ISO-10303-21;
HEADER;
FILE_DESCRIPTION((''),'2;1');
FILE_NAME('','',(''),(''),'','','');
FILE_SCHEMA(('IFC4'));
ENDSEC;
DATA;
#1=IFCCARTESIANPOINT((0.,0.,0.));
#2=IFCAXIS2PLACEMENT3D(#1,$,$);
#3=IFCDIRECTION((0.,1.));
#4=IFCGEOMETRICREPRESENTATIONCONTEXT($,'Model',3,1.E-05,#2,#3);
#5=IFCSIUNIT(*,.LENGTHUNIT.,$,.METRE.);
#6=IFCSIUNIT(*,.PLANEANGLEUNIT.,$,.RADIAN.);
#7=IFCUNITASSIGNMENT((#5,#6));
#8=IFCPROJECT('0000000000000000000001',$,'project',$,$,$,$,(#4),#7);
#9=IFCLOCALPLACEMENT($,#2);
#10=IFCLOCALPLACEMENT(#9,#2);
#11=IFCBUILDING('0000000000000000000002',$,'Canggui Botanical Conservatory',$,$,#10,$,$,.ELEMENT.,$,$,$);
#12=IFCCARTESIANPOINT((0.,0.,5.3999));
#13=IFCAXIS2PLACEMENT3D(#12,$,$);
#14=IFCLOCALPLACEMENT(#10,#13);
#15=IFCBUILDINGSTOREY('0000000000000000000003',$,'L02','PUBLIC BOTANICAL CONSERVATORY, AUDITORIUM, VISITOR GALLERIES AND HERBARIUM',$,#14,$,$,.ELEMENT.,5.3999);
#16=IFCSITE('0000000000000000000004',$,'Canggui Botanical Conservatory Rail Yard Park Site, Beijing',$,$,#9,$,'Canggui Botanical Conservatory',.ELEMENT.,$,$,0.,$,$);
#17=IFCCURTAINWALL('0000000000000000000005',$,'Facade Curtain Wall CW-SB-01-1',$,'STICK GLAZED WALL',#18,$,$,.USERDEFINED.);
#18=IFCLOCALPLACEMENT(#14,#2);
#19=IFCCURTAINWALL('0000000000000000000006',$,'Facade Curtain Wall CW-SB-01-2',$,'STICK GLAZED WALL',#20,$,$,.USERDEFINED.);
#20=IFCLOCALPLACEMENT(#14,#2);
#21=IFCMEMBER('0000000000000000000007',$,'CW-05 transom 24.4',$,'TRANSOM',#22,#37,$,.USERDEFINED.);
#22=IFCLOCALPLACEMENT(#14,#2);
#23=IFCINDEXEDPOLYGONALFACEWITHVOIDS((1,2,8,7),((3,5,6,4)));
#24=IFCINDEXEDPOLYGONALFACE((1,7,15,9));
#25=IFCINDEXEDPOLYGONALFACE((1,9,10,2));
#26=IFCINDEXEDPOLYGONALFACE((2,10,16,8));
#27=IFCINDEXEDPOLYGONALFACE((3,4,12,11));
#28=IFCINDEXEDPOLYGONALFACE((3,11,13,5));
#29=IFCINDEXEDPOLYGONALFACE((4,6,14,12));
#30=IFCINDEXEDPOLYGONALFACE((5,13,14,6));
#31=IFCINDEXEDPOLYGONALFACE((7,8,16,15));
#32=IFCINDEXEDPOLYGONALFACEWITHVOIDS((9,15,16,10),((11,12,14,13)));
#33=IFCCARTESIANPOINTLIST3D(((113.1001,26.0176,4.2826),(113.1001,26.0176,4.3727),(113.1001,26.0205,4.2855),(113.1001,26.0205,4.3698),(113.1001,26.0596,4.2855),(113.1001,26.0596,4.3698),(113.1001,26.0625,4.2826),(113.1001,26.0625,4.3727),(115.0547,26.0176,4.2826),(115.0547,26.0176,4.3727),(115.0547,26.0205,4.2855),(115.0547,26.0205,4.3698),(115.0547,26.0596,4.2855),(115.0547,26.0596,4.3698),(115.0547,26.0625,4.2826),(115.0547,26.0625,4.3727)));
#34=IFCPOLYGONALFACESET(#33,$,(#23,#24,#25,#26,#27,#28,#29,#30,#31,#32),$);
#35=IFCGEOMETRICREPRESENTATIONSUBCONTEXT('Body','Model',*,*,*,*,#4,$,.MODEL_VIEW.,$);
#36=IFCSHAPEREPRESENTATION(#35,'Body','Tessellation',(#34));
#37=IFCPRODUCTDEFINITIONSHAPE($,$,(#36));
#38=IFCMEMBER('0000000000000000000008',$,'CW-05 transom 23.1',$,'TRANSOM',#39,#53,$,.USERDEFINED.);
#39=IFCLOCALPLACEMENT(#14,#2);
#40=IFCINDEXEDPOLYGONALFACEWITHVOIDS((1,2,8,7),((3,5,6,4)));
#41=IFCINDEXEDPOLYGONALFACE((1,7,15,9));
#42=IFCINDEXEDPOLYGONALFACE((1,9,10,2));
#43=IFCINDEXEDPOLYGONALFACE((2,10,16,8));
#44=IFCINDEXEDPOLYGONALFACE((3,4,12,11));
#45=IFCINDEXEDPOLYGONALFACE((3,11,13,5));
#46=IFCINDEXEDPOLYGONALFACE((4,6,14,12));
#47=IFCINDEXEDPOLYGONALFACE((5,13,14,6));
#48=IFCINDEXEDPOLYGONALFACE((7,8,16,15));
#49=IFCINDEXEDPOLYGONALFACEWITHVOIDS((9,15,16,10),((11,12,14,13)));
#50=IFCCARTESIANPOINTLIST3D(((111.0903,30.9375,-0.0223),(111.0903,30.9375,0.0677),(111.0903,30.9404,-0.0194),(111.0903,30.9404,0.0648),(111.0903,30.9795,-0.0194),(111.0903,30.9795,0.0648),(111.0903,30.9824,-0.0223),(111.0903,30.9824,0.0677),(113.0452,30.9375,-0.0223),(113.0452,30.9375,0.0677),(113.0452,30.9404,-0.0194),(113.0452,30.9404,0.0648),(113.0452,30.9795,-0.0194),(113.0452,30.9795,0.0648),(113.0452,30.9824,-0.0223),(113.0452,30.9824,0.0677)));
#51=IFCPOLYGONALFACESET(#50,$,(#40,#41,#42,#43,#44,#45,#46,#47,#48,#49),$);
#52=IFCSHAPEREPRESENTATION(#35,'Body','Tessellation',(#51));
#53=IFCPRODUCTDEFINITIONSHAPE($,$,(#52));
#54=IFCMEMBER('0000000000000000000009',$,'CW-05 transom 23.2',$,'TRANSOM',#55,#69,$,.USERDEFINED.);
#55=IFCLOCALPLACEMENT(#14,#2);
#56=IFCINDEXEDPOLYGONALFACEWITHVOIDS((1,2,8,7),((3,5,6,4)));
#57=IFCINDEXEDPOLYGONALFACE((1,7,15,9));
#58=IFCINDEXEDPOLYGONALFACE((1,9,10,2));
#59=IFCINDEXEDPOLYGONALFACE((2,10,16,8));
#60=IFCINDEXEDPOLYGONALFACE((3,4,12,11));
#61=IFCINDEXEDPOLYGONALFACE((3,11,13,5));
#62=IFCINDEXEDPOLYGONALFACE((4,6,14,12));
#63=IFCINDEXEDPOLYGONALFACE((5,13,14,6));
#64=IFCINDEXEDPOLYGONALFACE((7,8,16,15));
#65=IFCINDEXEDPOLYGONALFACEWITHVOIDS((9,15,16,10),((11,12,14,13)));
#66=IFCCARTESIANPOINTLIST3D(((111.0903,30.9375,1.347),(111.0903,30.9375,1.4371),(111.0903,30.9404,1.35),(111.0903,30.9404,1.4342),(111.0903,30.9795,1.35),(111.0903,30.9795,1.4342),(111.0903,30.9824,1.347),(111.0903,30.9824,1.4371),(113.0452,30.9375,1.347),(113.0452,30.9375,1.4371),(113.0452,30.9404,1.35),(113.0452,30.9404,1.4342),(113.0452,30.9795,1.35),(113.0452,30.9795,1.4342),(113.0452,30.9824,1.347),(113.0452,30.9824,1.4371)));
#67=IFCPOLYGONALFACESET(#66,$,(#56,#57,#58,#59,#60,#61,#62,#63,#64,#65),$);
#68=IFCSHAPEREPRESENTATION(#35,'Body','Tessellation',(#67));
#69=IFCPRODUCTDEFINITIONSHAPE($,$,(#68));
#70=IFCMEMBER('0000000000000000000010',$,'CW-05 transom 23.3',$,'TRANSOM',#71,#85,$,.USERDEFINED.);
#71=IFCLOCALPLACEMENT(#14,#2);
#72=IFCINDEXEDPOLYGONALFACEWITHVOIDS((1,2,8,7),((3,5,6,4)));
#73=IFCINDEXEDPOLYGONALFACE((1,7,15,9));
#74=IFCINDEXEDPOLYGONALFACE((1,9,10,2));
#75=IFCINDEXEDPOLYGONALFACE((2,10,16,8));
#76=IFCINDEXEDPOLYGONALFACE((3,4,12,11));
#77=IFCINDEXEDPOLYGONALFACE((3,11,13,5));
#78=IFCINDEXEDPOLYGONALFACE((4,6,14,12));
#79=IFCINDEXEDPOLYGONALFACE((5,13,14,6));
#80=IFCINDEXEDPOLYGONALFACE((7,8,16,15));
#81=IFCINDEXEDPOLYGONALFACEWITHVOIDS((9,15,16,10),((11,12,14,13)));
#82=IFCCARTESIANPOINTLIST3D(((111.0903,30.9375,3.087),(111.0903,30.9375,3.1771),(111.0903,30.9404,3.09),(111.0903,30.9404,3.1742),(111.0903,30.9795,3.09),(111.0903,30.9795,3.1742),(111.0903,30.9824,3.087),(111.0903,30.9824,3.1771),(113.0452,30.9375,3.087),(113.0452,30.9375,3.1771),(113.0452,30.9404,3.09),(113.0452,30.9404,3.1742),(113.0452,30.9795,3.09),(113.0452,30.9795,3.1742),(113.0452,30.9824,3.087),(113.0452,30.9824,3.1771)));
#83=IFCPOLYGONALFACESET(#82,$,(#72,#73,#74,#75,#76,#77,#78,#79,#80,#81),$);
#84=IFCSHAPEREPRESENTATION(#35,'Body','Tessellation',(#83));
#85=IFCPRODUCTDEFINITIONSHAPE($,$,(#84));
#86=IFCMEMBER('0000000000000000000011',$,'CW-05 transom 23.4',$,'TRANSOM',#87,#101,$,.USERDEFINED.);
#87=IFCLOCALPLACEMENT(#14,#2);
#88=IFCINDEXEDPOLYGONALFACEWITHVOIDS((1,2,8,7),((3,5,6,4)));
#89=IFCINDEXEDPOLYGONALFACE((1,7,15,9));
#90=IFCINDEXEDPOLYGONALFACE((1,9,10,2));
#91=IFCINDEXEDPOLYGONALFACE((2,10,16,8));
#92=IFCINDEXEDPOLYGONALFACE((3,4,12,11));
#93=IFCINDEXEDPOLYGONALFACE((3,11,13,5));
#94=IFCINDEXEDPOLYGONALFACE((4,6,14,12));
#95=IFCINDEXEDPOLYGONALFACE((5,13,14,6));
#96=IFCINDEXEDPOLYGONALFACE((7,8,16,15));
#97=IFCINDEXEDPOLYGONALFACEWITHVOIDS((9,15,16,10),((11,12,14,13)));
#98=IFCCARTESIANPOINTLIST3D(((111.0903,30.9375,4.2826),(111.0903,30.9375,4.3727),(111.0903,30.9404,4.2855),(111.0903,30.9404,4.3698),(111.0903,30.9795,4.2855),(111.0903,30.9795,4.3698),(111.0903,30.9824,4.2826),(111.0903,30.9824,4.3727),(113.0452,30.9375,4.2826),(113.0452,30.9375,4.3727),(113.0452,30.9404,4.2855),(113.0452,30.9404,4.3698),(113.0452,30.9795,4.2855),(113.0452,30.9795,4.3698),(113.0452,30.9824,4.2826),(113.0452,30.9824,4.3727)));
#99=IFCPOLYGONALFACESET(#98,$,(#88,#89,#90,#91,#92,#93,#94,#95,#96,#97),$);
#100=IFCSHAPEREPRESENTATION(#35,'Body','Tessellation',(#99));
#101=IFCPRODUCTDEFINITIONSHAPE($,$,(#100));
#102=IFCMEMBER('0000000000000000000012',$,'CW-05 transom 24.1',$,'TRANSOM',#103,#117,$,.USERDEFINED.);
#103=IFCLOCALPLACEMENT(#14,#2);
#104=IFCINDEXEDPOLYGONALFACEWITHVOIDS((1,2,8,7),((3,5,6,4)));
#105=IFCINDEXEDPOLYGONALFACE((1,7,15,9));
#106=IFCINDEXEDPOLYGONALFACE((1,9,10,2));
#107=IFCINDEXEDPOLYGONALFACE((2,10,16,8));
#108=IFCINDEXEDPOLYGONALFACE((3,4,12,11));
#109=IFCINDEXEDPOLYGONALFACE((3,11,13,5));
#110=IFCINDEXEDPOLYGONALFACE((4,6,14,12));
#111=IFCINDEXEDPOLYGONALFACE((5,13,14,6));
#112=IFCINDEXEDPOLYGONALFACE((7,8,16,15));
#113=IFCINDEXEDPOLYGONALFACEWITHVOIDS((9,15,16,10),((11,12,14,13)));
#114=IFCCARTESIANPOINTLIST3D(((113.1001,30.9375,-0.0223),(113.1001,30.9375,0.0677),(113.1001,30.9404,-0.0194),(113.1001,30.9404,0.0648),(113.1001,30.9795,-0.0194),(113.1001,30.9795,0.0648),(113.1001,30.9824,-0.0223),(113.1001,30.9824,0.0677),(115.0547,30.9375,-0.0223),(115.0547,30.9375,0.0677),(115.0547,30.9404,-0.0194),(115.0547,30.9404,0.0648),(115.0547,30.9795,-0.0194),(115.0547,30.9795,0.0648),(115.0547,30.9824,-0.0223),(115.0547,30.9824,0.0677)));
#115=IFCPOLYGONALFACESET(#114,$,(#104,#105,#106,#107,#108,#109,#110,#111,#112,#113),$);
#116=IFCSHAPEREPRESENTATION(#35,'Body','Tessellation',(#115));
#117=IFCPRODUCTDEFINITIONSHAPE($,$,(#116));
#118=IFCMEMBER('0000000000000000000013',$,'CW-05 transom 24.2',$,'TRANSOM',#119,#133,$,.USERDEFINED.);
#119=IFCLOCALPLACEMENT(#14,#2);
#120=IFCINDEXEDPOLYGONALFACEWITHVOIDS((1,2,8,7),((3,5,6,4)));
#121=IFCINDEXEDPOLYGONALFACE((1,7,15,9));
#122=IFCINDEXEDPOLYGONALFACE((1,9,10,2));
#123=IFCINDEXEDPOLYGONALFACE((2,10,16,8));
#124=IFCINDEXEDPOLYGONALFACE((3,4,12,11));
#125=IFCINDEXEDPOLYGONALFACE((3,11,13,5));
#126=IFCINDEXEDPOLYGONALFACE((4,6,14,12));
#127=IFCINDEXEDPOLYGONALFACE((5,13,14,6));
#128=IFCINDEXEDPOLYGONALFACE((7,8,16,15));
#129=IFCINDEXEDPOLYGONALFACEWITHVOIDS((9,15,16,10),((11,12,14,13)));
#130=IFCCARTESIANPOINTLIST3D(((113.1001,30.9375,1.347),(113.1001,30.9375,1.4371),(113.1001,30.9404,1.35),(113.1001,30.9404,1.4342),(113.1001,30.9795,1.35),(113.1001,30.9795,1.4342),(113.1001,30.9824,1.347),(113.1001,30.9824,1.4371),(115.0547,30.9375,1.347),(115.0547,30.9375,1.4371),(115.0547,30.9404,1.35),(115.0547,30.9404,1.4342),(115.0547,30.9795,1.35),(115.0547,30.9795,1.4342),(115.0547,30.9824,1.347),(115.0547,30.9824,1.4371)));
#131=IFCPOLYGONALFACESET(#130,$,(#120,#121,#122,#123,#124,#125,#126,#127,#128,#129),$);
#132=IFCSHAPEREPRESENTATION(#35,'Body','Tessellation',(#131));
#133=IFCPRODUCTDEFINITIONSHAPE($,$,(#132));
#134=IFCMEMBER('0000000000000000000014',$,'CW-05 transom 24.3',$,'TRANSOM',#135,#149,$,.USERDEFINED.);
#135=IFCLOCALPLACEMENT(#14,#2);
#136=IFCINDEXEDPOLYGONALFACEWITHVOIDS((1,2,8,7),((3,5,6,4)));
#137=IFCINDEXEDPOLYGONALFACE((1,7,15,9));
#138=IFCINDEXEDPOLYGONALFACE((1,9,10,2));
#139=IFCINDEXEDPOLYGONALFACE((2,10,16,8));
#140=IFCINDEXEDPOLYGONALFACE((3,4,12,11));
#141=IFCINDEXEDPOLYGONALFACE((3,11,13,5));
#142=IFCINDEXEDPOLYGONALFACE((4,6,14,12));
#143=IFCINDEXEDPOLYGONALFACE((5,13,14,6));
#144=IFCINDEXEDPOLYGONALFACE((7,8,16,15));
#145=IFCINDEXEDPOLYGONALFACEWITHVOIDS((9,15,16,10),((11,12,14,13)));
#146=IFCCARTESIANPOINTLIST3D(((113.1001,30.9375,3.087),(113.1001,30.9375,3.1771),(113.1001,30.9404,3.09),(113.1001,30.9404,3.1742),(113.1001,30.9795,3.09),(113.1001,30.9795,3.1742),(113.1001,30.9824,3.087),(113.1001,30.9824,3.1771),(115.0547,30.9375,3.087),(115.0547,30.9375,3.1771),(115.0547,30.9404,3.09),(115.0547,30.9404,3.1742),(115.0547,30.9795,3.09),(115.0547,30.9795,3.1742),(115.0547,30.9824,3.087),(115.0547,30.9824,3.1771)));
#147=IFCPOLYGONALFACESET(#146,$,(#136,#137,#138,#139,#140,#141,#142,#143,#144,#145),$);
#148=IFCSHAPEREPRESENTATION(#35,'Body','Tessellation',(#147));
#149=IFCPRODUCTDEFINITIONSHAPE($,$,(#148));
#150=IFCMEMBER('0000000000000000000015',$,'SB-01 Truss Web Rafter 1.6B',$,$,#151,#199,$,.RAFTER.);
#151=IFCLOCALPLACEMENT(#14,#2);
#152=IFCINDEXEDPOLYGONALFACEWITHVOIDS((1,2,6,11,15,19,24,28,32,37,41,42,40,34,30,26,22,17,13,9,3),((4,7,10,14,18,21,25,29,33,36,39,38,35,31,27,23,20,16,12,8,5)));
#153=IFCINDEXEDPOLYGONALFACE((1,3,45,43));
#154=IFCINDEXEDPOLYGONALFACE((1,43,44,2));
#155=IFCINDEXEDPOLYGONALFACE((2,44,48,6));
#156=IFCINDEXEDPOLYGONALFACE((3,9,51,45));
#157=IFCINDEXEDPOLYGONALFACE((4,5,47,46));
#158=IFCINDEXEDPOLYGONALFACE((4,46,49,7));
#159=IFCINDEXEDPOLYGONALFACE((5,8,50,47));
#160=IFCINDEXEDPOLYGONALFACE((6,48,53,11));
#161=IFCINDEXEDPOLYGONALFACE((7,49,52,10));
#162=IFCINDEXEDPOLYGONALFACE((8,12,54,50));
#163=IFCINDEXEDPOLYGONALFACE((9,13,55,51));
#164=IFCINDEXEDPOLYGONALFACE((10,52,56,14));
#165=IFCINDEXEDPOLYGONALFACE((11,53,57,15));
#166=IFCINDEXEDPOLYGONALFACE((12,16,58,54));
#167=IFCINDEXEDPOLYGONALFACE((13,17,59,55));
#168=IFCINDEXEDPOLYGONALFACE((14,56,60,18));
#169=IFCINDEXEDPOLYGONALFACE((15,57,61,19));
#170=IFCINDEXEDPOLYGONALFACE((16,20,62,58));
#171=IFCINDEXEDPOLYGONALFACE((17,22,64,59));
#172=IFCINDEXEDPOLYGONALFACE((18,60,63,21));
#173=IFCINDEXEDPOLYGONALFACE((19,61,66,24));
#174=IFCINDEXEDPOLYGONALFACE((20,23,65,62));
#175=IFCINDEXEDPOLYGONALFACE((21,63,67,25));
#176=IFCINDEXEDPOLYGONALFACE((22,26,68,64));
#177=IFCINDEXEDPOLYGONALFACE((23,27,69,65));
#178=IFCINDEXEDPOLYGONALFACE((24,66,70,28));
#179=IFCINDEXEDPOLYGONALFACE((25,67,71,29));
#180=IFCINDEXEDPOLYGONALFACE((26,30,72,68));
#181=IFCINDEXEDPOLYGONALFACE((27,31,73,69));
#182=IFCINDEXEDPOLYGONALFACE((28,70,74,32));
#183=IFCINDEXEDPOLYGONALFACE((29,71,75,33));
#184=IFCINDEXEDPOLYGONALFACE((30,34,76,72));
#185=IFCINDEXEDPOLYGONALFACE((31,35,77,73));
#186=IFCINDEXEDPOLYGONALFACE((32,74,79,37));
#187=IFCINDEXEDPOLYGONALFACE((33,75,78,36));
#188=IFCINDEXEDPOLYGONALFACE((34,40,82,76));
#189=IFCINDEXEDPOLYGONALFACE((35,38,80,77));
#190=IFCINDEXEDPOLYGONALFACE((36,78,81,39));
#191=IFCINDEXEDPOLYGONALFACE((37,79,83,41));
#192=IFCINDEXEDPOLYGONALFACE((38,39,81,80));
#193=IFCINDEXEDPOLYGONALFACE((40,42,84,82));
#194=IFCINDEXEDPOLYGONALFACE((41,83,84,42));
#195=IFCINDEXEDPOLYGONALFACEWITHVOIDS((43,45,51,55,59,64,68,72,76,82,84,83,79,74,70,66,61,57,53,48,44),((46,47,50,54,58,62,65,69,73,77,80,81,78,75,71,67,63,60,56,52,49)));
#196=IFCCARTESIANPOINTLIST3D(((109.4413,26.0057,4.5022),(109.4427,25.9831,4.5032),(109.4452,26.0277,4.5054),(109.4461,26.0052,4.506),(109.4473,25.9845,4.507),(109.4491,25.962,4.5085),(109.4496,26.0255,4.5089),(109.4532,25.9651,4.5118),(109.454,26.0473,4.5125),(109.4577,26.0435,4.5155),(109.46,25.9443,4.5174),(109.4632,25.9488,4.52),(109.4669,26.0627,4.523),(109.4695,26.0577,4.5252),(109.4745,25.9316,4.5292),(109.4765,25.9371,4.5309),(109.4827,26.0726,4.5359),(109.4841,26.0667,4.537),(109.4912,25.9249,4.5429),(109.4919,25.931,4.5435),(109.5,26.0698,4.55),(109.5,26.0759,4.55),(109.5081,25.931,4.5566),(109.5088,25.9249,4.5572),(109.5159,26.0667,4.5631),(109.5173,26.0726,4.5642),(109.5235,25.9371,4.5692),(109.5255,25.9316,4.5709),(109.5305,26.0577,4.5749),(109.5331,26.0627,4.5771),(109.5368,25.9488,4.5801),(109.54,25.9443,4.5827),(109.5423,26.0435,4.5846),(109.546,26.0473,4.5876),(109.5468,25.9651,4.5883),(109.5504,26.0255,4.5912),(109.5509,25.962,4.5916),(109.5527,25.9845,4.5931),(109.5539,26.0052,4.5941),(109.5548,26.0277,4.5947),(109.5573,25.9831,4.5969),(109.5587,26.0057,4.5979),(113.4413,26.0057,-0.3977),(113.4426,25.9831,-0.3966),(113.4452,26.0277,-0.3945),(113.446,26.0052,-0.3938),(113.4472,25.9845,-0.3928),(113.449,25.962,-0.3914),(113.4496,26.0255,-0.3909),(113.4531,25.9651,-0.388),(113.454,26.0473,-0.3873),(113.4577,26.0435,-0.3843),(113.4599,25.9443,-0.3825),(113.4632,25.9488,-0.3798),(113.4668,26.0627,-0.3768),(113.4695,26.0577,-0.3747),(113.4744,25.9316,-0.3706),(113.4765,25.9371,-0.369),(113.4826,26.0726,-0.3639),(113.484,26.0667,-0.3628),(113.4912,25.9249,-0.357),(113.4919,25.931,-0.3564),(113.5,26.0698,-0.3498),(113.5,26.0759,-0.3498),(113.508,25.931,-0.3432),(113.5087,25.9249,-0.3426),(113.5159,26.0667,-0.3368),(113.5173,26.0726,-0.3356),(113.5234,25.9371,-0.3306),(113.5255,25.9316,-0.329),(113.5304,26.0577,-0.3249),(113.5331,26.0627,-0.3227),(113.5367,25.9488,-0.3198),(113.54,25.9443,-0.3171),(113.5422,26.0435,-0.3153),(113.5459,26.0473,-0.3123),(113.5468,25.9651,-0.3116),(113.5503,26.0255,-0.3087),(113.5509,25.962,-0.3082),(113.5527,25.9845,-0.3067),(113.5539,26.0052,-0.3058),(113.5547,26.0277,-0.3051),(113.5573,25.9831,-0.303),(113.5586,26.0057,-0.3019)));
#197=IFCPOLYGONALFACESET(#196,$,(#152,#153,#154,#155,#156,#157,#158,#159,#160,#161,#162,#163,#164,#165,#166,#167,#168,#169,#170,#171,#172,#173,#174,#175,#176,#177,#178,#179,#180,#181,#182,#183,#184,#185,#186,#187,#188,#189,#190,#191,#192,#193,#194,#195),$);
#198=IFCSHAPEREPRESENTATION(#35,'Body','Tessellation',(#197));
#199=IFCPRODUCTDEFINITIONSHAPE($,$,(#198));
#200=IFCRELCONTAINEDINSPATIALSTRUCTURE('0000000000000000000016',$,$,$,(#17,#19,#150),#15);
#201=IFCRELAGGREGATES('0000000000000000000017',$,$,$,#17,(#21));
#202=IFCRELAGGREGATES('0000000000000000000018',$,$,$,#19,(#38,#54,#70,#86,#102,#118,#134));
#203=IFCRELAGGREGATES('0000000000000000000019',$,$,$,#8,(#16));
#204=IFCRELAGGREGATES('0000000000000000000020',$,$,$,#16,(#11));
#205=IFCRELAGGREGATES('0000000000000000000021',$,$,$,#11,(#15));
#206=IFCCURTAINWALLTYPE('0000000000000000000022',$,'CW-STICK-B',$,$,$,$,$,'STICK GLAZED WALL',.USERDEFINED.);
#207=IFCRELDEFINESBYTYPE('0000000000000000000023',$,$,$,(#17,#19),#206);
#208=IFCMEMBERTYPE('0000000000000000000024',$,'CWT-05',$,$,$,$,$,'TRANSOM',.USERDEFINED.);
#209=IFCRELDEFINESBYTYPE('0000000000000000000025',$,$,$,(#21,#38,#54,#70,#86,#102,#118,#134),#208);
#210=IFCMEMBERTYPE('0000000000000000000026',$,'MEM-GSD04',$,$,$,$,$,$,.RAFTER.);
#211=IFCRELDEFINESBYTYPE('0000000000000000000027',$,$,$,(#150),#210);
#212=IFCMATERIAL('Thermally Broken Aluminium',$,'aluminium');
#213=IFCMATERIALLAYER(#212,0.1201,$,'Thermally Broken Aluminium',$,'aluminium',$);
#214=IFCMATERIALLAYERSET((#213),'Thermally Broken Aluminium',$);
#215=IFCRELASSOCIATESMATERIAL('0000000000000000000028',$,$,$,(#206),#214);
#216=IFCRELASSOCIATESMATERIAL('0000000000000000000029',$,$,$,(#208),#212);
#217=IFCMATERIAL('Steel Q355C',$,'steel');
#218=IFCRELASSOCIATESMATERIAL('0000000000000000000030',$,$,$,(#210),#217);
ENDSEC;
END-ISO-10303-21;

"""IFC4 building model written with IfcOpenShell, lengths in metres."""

from ifc_helpers import new_model, si_unit, direction, frame, origin, origin_2d, place, context, subcontext, project, spatial, hollow_rectangle, hollow_circle, extrude, material, layer, layer_set, material_profile, profile_set, type_object, element, aggregate, save


model = new_model("IFC4")

# Units and contexts
model_context = context("Model", 3, precision=1e-05, world=origin(), true_north=direction((0.0, 1.0)))
body_context = subcontext(model_context, "Body", "Model", "MODEL_VIEW")
ifc_project = project(units=[si_unit("LENGTHUNIT", "METRE"), si_unit("PLANEANGLEUNIT", "RADIAN")], contexts=[model_context])

# Site, building, storey
site_placement = place(None, origin())
site = spatial("IfcSite", under=ifc_project, at=site_placement, Name="Canggui Botanical Conservatory Rail Yard Park Site, Beijing", LongName="Canggui Botanical Conservatory", CompositionType="ELEMENT", RefElevation=0.0)
building_placement = place(site_placement, origin())
building = spatial("IfcBuilding", under=site, at=building_placement, Name="Canggui Botanical Conservatory", CompositionType="ELEMENT")
storey_placement = place(building_placement, frame((0.0, 0.0, 5.3999)))
storey = spatial("IfcBuildingStorey", under=building, at=storey_placement, Name="L02", Description="PUBLIC BOTANICAL CONSERVATORY, AUDITORIUM, VISITOR GALLERIES AND HERBARIUM", CompositionType="ELEMENT", Elevation=5.3999)

# Curtain walls
ifc_material_1 = material(Name="Thermally Broken Aluminium", Category="aluminium")
ifc_layer_1 = layer(ifc_material_1, 0.1201, Name="Thermally Broken Aluminium", Category="aluminium")
ifc_layer_set_1 = layer_set([ifc_layer_1], Name="Thermally Broken Aluminium")
curtain_wall_type = type_object("IfcCurtainWallType", Name="CW-STICK-B", ElementType="STICK GLAZED WALL", PredefinedType="USERDEFINED", material=ifc_layer_set_1)
curtain_wall_1_placement = place(storey_placement, origin())
curtain_wall_1 = element("IfcCurtainWall", 1, at=curtain_wall_1_placement, inside=storey, type_object=curtain_wall_type, Name="Facade Curtain Wall CW-SB-01-1", ObjectType="STICK GLAZED WALL", PredefinedType="USERDEFINED")
curtain_wall_2_placement = place(storey_placement, origin())
curtain_wall_2 = element("IfcCurtainWall", 2, at=curtain_wall_2_placement, inside=storey, type_object=curtain_wall_type, Name="Facade Curtain Wall CW-SB-01-2", ObjectType="STICK GLAZED WALL", PredefinedType="USERDEFINED")

# Members
ifc_material_profile_1 = material_profile(ifc_material_1, hollow_rectangle(XDim=0.0449, YDim=0.0901, WallThickness=0.0029, at=origin_2d()), Name="CWT 45x90x3")
ifc_profile_set_1 = profile_set([ifc_material_profile_1], Name="Thermally Broken Aluminium")
member_type_1 = type_object("IfcMemberType", Name="CWT-05", ElementType="TRANSOM", PredefinedType="USERDEFINED", material=ifc_profile_set_1)
member_1_placement = place(storey_placement, frame((113.1001, 26.04, 4.3276), z_axis=(1.0, 0.0, 0.0), x_axis=(0.0, 1.0, 0.0)))
member_1 = element("IfcMember", 3, at=member_1_placement, type_object=member_type_1, Name="CW-05 transom 24.4", ObjectType="TRANSOM", PredefinedType="USERDEFINED", context=body_context, shape_type="SweptSolid", body=[
    extrude(hollow_rectangle(XDim=0.0449, YDim=0.0901, WallThickness=0.0029, at=origin_2d()), origin(), (0.0, 0.0, 1.0), 1.9546),
])
member_2_placement = place(storey_placement, frame((111.0903, 30.96, 0.0227), z_axis=(1.0, 0.0, 0.0), x_axis=(0.0, 1.0, 0.0)))
member_2 = element("IfcMember", 4, at=member_2_placement, type_object=member_type_1, Name="CW-05 transom 23.1", ObjectType="TRANSOM", PredefinedType="USERDEFINED", context=body_context, shape_type="SweptSolid", body=[
    extrude(hollow_rectangle(XDim=0.0449, YDim=0.0901, WallThickness=0.0029, at=origin_2d()), origin(), (0.0, 0.0, 1.0), 1.9548),
])
member_3_placement = place(storey_placement, frame((111.0903, 30.96, 1.3921), z_axis=(1.0, 0.0, 0.0), x_axis=(0.0, 1.0, 0.0)))
member_3 = element("IfcMember", 5, at=member_3_placement, type_object=member_type_1, Name="CW-05 transom 23.2", ObjectType="TRANSOM", PredefinedType="USERDEFINED", context=body_context, shape_type="SweptSolid", body=[
    extrude(hollow_rectangle(XDim=0.0449, YDim=0.0901, WallThickness=0.0029, at=origin_2d()), origin(), (0.0, 0.0, 1.0), 1.9548),
])
member_4_placement = place(storey_placement, frame((111.0903, 30.96, 3.1321), z_axis=(1.0, 0.0, 0.0), x_axis=(0.0, 1.0, 0.0)))
member_4 = element("IfcMember", 6, at=member_4_placement, type_object=member_type_1, Name="CW-05 transom 23.3", ObjectType="TRANSOM", PredefinedType="USERDEFINED", context=body_context, shape_type="SweptSolid", body=[
    extrude(hollow_rectangle(XDim=0.0449, YDim=0.0901, WallThickness=0.0029, at=origin_2d()), origin(), (0.0, 0.0, 1.0), 1.9548),
])
member_5_placement = place(storey_placement, frame((111.0903, 30.96, 4.3276), z_axis=(1.0, 0.0, 0.0), x_axis=(0.0, 1.0, 0.0)))
member_5 = element("IfcMember", 7, at=member_5_placement, type_object=member_type_1, Name="CW-05 transom 23.4", ObjectType="TRANSOM", PredefinedType="USERDEFINED", context=body_context, shape_type="SweptSolid", body=[
    extrude(hollow_rectangle(XDim=0.0449, YDim=0.0901, WallThickness=0.0029, at=origin_2d()), origin(), (0.0, 0.0, 1.0), 1.9548),
])
member_6_placement = place(storey_placement, frame((113.1001, 30.96, 0.0227), z_axis=(1.0, 0.0, 0.0), x_axis=(0.0, 1.0, 0.0)))
member_6 = element("IfcMember", 8, at=member_6_placement, type_object=member_type_1, Name="CW-05 transom 24.1", ObjectType="TRANSOM", PredefinedType="USERDEFINED", context=body_context, shape_type="SweptSolid", body=[
    extrude(hollow_rectangle(XDim=0.0449, YDim=0.0901, WallThickness=0.0029, at=origin_2d()), origin(), (0.0, 0.0, 1.0), 1.9546),
])
member_7_placement = place(storey_placement, frame((113.1001, 30.96, 1.3921), z_axis=(1.0, 0.0, 0.0), x_axis=(0.0, 1.0, 0.0)))
member_7 = element("IfcMember", 9, at=member_7_placement, type_object=member_type_1, Name="CW-05 transom 24.2", ObjectType="TRANSOM", PredefinedType="USERDEFINED", context=body_context, shape_type="SweptSolid", body=[
    extrude(hollow_rectangle(XDim=0.0449, YDim=0.0901, WallThickness=0.0029, at=origin_2d()), origin(), (0.0, 0.0, 1.0), 1.9546),
])
member_8_placement = place(storey_placement, frame((113.1001, 30.96, 3.1321), z_axis=(1.0, 0.0, 0.0), x_axis=(0.0, 1.0, 0.0)))
member_8 = element("IfcMember", 10, at=member_8_placement, type_object=member_type_1, Name="CW-05 transom 24.3", ObjectType="TRANSOM", PredefinedType="USERDEFINED", context=body_context, shape_type="SweptSolid", body=[
    extrude(hollow_rectangle(XDim=0.0449, YDim=0.0901, WallThickness=0.0029, at=origin_2d()), origin(), (0.0, 0.0, 1.0), 1.9546),
])
ifc_material_2 = material(Name="Steel Q355C", Category="steel")
ifc_material_profile_2 = material_profile(ifc_material_2, hollow_circle(Radius=0.0759, WallThickness=0.0061, at=origin_2d()), Name="CHS 152x6")
ifc_profile_set_2 = profile_set([ifc_material_profile_2], Name="Steel Q355C")
member_type_2 = type_object("IfcMemberType", Name="MEM-GSD04", PredefinedType="RAFTER", material=ifc_profile_set_2)
member_9_placement = place(storey_placement, frame((109.5, 26.0, 4.55), z_axis=(0.632384, 0.0, -0.774655), x_axis=(0.0, 1.0, 0.0)))
element("IfcMember", 11, at=member_9_placement, inside=storey, type_object=member_type_2, Name="SB-01 Truss Web Rafter 1.6B", PredefinedType="RAFTER", context=body_context, shape_type="SweptSolid", body=[
    extrude(hollow_circle(Radius=0.0759, WallThickness=0.0061, at=origin_2d()), origin(), (0.0, 0.0, 1.0), 6.3252),
])

aggregate(curtain_wall_1, [member_1])
aggregate(curtain_wall_2, [member_2, member_3, member_4, member_5, member_6, member_7, member_8])

save(model, "model.ifc")
